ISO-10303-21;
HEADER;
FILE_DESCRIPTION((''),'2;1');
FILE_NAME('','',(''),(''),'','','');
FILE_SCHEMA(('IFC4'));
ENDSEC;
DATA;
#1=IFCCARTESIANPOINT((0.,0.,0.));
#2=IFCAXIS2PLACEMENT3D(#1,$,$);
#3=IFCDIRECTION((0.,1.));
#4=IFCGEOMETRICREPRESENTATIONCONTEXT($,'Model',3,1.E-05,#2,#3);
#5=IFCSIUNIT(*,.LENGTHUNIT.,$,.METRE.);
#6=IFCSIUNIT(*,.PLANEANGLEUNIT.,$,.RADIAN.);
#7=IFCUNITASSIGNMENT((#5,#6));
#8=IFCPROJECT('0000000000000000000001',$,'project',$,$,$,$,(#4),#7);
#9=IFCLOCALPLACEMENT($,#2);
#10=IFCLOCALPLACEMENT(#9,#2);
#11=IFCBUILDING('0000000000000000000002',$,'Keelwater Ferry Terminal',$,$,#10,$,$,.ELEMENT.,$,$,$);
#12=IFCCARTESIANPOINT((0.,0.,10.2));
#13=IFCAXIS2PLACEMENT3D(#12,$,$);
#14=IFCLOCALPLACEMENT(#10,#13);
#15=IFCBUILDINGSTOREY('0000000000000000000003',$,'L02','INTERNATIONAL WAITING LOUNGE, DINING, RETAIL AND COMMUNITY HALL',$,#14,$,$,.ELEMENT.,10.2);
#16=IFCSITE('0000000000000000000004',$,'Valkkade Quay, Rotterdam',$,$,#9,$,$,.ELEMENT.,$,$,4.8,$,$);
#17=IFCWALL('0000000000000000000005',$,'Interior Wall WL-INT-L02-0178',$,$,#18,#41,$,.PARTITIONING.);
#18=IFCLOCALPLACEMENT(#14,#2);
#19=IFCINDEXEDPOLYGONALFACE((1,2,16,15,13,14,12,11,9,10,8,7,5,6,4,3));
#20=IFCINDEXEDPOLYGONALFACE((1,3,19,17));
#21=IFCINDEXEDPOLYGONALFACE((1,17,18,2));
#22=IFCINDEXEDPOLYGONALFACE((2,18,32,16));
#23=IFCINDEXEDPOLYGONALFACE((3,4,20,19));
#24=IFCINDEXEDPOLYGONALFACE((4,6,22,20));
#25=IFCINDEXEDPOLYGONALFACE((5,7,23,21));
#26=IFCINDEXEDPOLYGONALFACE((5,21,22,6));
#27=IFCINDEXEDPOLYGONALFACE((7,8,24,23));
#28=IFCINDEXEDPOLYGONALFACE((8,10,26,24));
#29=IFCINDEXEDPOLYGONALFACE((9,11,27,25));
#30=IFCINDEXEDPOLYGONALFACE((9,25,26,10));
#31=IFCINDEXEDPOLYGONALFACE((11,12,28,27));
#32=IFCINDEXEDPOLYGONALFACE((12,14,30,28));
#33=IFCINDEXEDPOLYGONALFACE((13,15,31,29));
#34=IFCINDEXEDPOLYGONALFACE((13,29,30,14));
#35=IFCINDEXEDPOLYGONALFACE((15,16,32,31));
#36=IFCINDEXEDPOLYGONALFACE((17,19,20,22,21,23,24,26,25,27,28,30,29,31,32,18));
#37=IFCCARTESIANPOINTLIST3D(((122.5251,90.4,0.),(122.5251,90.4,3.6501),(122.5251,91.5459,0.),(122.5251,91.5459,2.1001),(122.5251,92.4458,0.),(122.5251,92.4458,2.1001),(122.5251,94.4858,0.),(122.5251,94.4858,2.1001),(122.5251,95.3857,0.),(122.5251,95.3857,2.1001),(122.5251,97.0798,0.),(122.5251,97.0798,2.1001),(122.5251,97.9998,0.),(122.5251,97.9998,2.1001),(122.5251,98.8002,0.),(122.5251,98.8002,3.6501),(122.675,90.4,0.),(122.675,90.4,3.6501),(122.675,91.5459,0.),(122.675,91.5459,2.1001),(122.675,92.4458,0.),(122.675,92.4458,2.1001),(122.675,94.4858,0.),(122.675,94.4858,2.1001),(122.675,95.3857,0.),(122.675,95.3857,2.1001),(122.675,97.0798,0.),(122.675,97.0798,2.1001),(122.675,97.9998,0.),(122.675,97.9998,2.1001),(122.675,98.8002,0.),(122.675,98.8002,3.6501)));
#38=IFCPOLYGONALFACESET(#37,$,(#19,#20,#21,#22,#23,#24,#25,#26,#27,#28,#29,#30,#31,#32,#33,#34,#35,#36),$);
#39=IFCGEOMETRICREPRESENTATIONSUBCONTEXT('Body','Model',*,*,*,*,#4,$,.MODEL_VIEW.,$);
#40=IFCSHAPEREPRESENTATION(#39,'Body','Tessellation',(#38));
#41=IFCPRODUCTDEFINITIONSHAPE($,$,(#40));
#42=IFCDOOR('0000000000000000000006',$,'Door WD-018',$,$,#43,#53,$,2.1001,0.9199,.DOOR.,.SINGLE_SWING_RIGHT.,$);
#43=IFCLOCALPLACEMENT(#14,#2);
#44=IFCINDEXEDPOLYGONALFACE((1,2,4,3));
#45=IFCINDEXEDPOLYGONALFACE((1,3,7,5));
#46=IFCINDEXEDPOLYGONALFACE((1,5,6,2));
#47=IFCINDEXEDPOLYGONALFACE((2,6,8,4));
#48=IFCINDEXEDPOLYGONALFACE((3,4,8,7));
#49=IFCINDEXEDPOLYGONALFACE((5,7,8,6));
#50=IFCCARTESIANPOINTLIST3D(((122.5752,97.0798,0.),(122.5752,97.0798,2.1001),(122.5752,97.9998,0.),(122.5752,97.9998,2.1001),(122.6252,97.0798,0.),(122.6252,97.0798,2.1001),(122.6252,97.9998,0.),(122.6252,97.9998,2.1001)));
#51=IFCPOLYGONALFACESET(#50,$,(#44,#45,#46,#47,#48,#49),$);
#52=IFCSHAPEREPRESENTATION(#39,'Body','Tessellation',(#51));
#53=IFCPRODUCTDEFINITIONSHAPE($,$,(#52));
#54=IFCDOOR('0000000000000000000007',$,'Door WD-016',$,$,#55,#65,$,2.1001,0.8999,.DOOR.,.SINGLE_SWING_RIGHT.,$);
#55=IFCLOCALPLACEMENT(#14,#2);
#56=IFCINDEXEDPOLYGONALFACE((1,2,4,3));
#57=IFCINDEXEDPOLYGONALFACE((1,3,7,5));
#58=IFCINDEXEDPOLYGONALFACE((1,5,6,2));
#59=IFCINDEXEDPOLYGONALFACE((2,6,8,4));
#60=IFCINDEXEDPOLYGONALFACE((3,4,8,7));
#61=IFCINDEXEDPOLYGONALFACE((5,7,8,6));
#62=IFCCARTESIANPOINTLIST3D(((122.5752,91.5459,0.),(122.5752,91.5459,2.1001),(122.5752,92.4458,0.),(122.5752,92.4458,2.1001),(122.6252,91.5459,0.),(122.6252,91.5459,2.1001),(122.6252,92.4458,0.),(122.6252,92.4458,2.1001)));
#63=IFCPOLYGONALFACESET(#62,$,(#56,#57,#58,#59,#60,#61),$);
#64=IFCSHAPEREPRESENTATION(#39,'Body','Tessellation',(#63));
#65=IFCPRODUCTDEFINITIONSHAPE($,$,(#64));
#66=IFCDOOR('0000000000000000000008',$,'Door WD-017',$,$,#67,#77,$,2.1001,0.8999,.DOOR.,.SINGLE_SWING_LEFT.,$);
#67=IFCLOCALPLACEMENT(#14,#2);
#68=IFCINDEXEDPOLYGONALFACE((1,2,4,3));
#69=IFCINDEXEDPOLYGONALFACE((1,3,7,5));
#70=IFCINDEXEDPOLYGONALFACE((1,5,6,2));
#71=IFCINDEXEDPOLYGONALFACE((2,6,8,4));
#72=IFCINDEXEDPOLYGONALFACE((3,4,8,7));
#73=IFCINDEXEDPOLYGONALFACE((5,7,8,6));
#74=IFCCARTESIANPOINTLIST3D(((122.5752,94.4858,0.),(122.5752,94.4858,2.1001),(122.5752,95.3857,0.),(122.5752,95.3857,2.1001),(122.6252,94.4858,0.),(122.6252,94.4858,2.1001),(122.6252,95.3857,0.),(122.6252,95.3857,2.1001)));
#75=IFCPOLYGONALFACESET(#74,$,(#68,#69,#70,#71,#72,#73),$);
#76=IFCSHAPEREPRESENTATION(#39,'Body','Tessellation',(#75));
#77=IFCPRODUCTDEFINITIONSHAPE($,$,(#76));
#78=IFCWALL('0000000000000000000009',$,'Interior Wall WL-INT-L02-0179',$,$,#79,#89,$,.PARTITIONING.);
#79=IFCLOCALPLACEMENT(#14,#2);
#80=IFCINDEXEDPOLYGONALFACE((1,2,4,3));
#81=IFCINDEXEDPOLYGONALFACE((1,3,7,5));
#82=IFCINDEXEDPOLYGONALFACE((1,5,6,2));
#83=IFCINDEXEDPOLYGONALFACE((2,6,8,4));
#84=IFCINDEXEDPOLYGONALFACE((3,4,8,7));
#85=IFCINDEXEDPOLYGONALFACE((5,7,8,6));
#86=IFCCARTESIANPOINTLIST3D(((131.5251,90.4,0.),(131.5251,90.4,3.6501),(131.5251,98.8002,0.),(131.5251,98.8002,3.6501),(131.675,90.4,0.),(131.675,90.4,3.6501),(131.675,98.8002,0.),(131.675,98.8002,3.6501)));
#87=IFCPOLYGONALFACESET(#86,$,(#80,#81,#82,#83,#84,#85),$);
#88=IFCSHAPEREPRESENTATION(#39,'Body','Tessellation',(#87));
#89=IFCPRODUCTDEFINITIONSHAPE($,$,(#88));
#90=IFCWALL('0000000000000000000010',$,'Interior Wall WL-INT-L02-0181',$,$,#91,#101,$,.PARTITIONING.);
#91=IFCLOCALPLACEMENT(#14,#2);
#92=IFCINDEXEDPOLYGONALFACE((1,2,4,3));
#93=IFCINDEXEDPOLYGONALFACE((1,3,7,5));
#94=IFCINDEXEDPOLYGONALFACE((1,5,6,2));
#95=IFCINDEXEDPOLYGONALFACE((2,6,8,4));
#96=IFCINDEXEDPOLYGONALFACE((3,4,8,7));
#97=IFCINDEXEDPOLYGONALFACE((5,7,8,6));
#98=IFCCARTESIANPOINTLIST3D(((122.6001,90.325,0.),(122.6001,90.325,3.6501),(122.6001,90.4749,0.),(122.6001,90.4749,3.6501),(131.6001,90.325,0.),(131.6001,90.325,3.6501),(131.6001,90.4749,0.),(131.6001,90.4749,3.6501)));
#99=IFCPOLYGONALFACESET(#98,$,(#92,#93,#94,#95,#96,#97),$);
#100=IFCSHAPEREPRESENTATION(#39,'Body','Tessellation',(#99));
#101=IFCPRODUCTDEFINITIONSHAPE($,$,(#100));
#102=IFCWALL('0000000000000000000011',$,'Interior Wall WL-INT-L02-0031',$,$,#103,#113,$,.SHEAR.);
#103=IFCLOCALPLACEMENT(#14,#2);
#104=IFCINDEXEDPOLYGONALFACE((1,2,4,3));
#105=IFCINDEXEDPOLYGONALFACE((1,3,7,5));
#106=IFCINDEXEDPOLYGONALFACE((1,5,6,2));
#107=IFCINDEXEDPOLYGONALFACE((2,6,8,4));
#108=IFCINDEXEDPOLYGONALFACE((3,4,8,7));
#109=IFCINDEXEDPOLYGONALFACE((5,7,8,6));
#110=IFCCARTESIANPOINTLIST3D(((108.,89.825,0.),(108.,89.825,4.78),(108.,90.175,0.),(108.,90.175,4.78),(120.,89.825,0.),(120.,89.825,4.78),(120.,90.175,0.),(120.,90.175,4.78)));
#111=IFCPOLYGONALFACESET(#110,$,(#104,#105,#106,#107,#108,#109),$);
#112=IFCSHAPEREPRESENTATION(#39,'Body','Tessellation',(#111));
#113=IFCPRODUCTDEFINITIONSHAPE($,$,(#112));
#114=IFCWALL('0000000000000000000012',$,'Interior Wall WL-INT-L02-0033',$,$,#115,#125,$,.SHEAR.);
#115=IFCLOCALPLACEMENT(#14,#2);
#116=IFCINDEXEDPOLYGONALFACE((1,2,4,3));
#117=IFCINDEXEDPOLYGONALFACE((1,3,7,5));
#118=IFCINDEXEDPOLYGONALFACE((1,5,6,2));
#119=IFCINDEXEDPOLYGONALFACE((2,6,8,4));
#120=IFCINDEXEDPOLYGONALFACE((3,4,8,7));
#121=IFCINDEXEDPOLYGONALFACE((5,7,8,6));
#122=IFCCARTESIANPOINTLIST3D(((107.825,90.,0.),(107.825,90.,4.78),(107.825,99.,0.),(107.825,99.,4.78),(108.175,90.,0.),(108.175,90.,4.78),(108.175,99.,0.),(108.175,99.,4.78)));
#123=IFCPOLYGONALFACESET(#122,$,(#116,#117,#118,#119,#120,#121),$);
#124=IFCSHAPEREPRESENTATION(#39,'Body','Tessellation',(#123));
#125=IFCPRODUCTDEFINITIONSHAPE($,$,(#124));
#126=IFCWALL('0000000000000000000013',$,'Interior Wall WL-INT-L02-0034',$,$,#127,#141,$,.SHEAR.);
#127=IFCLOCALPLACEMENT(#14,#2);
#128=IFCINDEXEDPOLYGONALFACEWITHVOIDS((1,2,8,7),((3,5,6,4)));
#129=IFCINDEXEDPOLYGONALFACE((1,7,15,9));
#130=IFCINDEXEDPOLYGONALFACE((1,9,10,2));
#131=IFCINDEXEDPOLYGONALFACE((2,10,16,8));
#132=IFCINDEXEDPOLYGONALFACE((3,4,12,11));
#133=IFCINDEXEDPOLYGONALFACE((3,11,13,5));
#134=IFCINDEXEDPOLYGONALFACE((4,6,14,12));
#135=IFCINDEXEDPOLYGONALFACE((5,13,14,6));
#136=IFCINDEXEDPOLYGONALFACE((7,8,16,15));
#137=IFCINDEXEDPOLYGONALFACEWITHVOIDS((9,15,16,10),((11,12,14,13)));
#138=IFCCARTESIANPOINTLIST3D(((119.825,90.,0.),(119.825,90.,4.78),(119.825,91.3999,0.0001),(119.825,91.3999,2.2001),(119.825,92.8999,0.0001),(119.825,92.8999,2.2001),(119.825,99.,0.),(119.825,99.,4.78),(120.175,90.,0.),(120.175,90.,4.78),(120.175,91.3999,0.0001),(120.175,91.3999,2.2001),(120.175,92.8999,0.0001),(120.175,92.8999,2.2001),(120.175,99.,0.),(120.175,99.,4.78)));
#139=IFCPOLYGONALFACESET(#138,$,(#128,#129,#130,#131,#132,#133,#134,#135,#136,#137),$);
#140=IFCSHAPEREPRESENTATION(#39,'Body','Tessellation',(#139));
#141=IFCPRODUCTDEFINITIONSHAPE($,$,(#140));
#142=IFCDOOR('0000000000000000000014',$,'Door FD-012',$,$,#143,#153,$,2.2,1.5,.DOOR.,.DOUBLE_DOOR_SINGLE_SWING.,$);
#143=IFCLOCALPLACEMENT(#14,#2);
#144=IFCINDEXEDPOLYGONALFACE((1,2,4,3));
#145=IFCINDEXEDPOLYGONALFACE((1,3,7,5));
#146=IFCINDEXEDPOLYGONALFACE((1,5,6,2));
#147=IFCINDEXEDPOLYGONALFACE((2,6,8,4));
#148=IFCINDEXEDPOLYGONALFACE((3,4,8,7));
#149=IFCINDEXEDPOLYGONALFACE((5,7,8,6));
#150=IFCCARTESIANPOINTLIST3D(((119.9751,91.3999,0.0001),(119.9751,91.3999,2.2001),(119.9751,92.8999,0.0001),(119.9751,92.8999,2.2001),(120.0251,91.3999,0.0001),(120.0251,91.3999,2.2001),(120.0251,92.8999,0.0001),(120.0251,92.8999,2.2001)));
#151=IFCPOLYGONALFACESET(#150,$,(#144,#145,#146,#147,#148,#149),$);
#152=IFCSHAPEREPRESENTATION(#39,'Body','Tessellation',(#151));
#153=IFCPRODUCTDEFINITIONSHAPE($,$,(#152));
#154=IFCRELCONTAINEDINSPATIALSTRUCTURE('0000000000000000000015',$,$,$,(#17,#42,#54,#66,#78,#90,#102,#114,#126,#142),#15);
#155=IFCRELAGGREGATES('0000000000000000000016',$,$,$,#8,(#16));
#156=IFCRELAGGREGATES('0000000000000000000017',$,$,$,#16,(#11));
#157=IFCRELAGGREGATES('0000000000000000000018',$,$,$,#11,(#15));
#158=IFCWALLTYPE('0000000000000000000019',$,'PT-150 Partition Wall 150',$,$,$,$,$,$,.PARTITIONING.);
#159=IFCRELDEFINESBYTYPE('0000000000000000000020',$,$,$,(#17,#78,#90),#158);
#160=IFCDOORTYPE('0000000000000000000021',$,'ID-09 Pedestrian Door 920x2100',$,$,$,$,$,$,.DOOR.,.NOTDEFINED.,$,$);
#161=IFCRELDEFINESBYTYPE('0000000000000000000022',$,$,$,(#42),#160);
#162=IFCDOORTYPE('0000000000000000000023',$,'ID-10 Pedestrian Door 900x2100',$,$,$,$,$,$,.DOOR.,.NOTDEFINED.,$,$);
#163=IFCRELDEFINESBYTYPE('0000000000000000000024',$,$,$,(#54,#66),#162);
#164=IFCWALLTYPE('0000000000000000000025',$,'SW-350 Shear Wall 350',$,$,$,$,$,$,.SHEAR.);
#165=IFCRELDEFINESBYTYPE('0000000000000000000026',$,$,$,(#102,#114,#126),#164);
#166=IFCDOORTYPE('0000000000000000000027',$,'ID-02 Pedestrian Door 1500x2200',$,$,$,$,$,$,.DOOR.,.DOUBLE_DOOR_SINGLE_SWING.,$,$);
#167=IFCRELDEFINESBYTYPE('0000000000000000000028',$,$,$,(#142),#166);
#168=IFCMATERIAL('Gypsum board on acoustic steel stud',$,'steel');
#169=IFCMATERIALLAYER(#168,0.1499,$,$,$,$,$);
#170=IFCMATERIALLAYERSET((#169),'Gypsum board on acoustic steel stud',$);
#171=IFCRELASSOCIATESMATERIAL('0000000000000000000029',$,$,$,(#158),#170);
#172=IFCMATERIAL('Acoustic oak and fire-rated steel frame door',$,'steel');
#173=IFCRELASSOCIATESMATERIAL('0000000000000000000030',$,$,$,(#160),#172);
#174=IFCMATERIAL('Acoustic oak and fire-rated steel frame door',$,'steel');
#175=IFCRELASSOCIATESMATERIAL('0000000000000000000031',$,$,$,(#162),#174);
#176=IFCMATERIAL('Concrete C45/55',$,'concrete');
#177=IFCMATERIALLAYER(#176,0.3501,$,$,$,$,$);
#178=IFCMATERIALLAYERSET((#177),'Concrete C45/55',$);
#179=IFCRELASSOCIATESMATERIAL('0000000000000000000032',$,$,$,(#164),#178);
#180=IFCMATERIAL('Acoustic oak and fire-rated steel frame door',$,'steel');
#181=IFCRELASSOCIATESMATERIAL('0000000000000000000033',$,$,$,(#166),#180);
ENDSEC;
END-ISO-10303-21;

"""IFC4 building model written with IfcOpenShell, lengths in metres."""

from ifc_helpers import new_model, si_unit, direction, frame, frame_2d, origin, place, context, subcontext, project, spatial, rectangle, extrude, material, layer, layer_set, type_object, element, fill, save


model = new_model("IFC4")

# Units and contexts
model_context = context("Model", 3, precision=1e-05, world=origin(), true_north=direction((0.0, 1.0)))
body_context = subcontext(model_context, "Body", "Model", "MODEL_VIEW")
ifc_project = project(units=[si_unit("LENGTHUNIT", "METRE"), si_unit("PLANEANGLEUNIT", "RADIAN")], contexts=[model_context])

# Site, building, storey
site_placement = place(None, origin())
site = spatial("IfcSite", under=ifc_project, at=site_placement, Name="Valkkade Quay, Rotterdam", CompositionType="ELEMENT", RefElevation=4.8)
building_placement = place(site_placement, origin())
building = spatial("IfcBuilding", under=site, at=building_placement, Name="Keelwater Ferry Terminal", CompositionType="ELEMENT")
storey_placement = place(building_placement, frame((0.0, 0.0, 10.2)))
storey = spatial("IfcBuildingStorey", under=building, at=storey_placement, Name="L02", Description="INTERNATIONAL WAITING LOUNGE, DINING, RETAIL AND COMMUNITY HALL", CompositionType="ELEMENT", Elevation=10.2)

# Wall, openings, doors
ifc_material_1 = material(Name="Gypsum board on acoustic steel stud", Category="steel")
ifc_layer_1 = layer(ifc_material_1, 0.1499)
ifc_layer_set_1 = layer_set([ifc_layer_1], Name="Gypsum board on acoustic steel stud")
wall_type_1 = type_object("IfcWallType", Name="PT-150 Partition Wall 150", PredefinedType="PARTITIONING", material=ifc_layer_set_1)
wall_1_placement = place(storey_placement, frame((122.6001, 90.3999, 0.0), z_axis=(0.0, 0.0, 1.0), x_axis=(0.0, 1.0, 0.0)))
wall_1 = element("IfcWall", 1, at=wall_1_placement, inside=storey, type_object=wall_type_1, Name="Interior Wall WL-INT-L02-0178", PredefinedType="PARTITIONING", context=body_context, shape_type="SweptSolid", body=[
    extrude(rectangle(XDim=8.4001, YDim=0.1499, at=frame_2d((4.2002, 0.0))), origin(), (0.0, 0.0, 1.0), 3.6501),
])
opening_1_placement = place(wall_1_placement, frame((1.146, 0.0, 0.0)))
opening_1 = element("IfcOpeningElement", 2, at=opening_1_placement, cuts=wall_1, PredefinedType="OPENING", context=body_context, shape_type="SweptSolid", body=[
    extrude(rectangle(XDim=0.8999, YDim=2.1001, at=frame_2d((0.45, 1.05))), frame((0.0, 0.085, 0.0), z_axis=(0.0, -1.0, 0.0), x_axis=(1.0, 0.0, 0.0)), (0.0, 0.0, 1.0), 0.1699),
])
opening_2_placement = place(wall_1_placement, frame((4.0859, 0.0, 0.0)))
opening_2 = element("IfcOpeningElement", 3, at=opening_2_placement, cuts=wall_1, PredefinedType="OPENING", context=body_context, shape_type="SweptSolid", body=[
    extrude(rectangle(XDim=0.8999, YDim=2.1001, at=frame_2d((0.45, 1.05))), frame((0.0, 0.085, 0.0), z_axis=(0.0, -1.0, 0.0), x_axis=(1.0, 0.0, 0.0)), (0.0, 0.0, 1.0), 0.1699),
])
opening_3_placement = place(wall_1_placement, frame((6.6799, 0.0, 0.0)))
opening_3 = element("IfcOpeningElement", 4, at=opening_3_placement, cuts=wall_1, PredefinedType="OPENING", context=body_context, shape_type="SweptSolid", body=[
    extrude(rectangle(XDim=0.9199, YDim=2.1001, at=frame_2d((0.46, 1.05))), frame((0.0, 0.085, 0.0), z_axis=(0.0, -1.0, 0.0), x_axis=(1.0, 0.0, 0.0)), (0.0, 0.0, 1.0), 0.1699),
])
ifc_material_2 = material(Name="Acoustic oak and fire-rated steel frame door", Category="steel")
door_type_1 = type_object("IfcDoorType", Name="ID-09 Pedestrian Door 920x2100", OperationType="NOTDEFINED", PredefinedType="DOOR", material=ifc_material_2)
door_1_placement = place(opening_3_placement, origin())
door_1 = element("IfcDoor", 5, at=door_1_placement, inside=storey, type_object=door_type_1, Name="Door WD-018", OperationType="SINGLE_SWING_RIGHT", OverallHeight=2.1001, OverallWidth=0.9199, PredefinedType="DOOR", context=body_context, shape_type="SweptSolid", body=[
    extrude(rectangle(XDim=0.9199, YDim=2.1001, at=frame_2d((0.46, 1.05))), frame((0.0, 0.0249, 0.0), z_axis=(0.0, -1.0, 0.0), x_axis=(1.0, 0.0, 0.0)), (0.0, 0.0, 1.0), 0.05),
])
fill(opening_3, door_1)
ifc_material_3 = material(Name="Acoustic oak and fire-rated steel frame door", Category="steel")
door_type_2 = type_object("IfcDoorType", Name="ID-10 Pedestrian Door 900x2100", OperationType="NOTDEFINED", PredefinedType="DOOR", material=ifc_material_3)
door_2_placement = place(opening_1_placement, origin())
door_2 = element("IfcDoor", 6, at=door_2_placement, inside=storey, type_object=door_type_2, Name="Door WD-016", OperationType="SINGLE_SWING_RIGHT", OverallHeight=2.1001, OverallWidth=0.8999, PredefinedType="DOOR", context=body_context, shape_type="SweptSolid", body=[
    extrude(rectangle(XDim=0.8999, YDim=2.1001, at=frame_2d((0.45, 1.05))), frame((0.0, 0.0249, 0.0), z_axis=(0.0, -1.0, 0.0), x_axis=(1.0, 0.0, 0.0)), (0.0, 0.0, 1.0), 0.05),
])
fill(opening_1, door_2)
door_3_placement = place(opening_2_placement, origin())
door_3 = element("IfcDoor", 7, at=door_3_placement, inside=storey, type_object=door_type_2, Name="Door WD-017", OperationType="SINGLE_SWING_LEFT", OverallHeight=2.1001, OverallWidth=0.8999, PredefinedType="DOOR", context=body_context, shape_type="SweptSolid", body=[
    extrude(rectangle(XDim=0.8999, YDim=2.1001, at=frame_2d((0.45, 1.05))), frame((0.0, 0.0249, 0.0), z_axis=(0.0, -1.0, 0.0), x_axis=(1.0, 0.0, 0.0)), (0.0, 0.0, 1.0), 0.05),
])
fill(opening_2, door_3)

# Walls
wall_2_placement = place(storey_placement, frame((131.6001, 90.3999, 0.0), z_axis=(0.0, 0.0, 1.0), x_axis=(0.0, 1.0, 0.0)))
element("IfcWall", 8, at=wall_2_placement, inside=storey, type_object=wall_type_1, Name="Interior Wall WL-INT-L02-0179", PredefinedType="PARTITIONING", context=body_context, shape_type="SweptSolid", body=[
    extrude(rectangle(XDim=8.4001, YDim=0.1499, at=frame_2d((4.2002, 0.0))), origin(), (0.0, 0.0, 1.0), 3.6501),
])
wall_3_placement = place(storey_placement, frame((122.6001, 90.3999, 0.0), z_axis=(0.0, 0.0, 1.0), x_axis=(1.0, 0.0, 0.0)))
element("IfcWall", 9, at=wall_3_placement, inside=storey, type_object=wall_type_1, Name="Interior Wall WL-INT-L02-0181", PredefinedType="PARTITIONING", context=body_context, shape_type="SweptSolid", body=[
    extrude(rectangle(XDim=9.0, YDim=0.1499, at=frame_2d((4.5, 0.0))), origin(), (0.0, 0.0, 1.0), 3.6501),
])
ifc_material_4 = material(Name="Concrete C45/55", Category="concrete")
ifc_layer_2 = layer(ifc_material_4, 0.3501)
ifc_layer_set_2 = layer_set([ifc_layer_2], Name="Concrete C45/55")
wall_type_2 = type_object("IfcWallType", Name="SW-350 Shear Wall 350", PredefinedType="SHEAR", material=ifc_layer_set_2)
wall_4_placement = place(storey_placement, frame((108.0, 90.0, 0.0), z_axis=(0.0, 0.0, 1.0), x_axis=(1.0, 0.0, 0.0)))
element("IfcWall", 10, at=wall_4_placement, inside=storey, type_object=wall_type_2, Name="Interior Wall WL-INT-L02-0031", PredefinedType="SHEAR", context=body_context, shape_type="SweptSolid", body=[
    extrude(rectangle(XDim=12.0, YDim=0.3501, at=frame_2d((6.0, 0.0))), origin(), (0.0, 0.0, 1.0), 4.78),
])
wall_5_placement = place(storey_placement, frame((108.0, 90.0, 0.0), z_axis=(0.0, 0.0, 1.0), x_axis=(0.0, 1.0, 0.0)))
element("IfcWall", 11, at=wall_5_placement, inside=storey, type_object=wall_type_2, Name="Interior Wall WL-INT-L02-0033", PredefinedType="SHEAR", context=body_context, shape_type="SweptSolid", body=[
    extrude(rectangle(XDim=9.0, YDim=0.3501, at=frame_2d((4.5, 0.0))), origin(), (0.0, 0.0, 1.0), 4.78),
])

# Wall, opening, door
wall_6_placement = place(storey_placement, frame((120.0, 90.0, 0.0), z_axis=(0.0, 0.0, 1.0), x_axis=(0.0, 1.0, 0.0)))
wall_6 = element("IfcWall", 12, at=wall_6_placement, inside=storey, type_object=wall_type_2, Name="Interior Wall WL-INT-L02-0034", PredefinedType="SHEAR", context=body_context, shape_type="SweptSolid", body=[
    extrude(rectangle(XDim=9.0, YDim=0.3501, at=frame_2d((4.5, 0.0))), origin(), (0.0, 0.0, 1.0), 4.78),
])
opening_4_placement = place(wall_6_placement, frame((1.3999, 0.0, 0.0)))
opening_4 = element("IfcOpeningElement", 13, at=opening_4_placement, cuts=wall_6, PredefinedType="OPENING", context=body_context, shape_type="SweptSolid", body=[
    extrude(rectangle(XDim=1.5, YDim=2.2, at=frame_2d((0.75, 1.1001))), frame((0.0, 0.1851, 0.0), z_axis=(0.0, -1.0, 0.0), x_axis=(1.0, 0.0, 0.0)), (0.0, 0.0, 1.0), 0.3701),
])
ifc_material_5 = material(Name="Acoustic oak and fire-rated steel frame door", Category="steel")
door_type_3 = type_object("IfcDoorType", Name="ID-02 Pedestrian Door 1500x2200", OperationType="DOUBLE_DOOR_SINGLE_SWING", PredefinedType="DOOR", material=ifc_material_5)
door_4_placement = place(opening_4_placement, origin())
door_4 = element("IfcDoor", 14, at=door_4_placement, inside=storey, type_object=door_type_3, Name="Door FD-012", OperationType="DOUBLE_DOOR_SINGLE_SWING", OverallHeight=2.2, OverallWidth=1.5, PredefinedType="DOOR", context=body_context, shape_type="SweptSolid", body=[
    extrude(rectangle(XDim=1.5, YDim=2.2, at=frame_2d((0.75, 1.1001))), frame((0.0, 0.0249, 0.0), z_axis=(0.0, -1.0, 0.0), x_axis=(1.0, 0.0, 0.0)), (0.0, 0.0, 1.0), 0.05),
])
fill(opening_4, door_4)

save(model, "model.ifc")
